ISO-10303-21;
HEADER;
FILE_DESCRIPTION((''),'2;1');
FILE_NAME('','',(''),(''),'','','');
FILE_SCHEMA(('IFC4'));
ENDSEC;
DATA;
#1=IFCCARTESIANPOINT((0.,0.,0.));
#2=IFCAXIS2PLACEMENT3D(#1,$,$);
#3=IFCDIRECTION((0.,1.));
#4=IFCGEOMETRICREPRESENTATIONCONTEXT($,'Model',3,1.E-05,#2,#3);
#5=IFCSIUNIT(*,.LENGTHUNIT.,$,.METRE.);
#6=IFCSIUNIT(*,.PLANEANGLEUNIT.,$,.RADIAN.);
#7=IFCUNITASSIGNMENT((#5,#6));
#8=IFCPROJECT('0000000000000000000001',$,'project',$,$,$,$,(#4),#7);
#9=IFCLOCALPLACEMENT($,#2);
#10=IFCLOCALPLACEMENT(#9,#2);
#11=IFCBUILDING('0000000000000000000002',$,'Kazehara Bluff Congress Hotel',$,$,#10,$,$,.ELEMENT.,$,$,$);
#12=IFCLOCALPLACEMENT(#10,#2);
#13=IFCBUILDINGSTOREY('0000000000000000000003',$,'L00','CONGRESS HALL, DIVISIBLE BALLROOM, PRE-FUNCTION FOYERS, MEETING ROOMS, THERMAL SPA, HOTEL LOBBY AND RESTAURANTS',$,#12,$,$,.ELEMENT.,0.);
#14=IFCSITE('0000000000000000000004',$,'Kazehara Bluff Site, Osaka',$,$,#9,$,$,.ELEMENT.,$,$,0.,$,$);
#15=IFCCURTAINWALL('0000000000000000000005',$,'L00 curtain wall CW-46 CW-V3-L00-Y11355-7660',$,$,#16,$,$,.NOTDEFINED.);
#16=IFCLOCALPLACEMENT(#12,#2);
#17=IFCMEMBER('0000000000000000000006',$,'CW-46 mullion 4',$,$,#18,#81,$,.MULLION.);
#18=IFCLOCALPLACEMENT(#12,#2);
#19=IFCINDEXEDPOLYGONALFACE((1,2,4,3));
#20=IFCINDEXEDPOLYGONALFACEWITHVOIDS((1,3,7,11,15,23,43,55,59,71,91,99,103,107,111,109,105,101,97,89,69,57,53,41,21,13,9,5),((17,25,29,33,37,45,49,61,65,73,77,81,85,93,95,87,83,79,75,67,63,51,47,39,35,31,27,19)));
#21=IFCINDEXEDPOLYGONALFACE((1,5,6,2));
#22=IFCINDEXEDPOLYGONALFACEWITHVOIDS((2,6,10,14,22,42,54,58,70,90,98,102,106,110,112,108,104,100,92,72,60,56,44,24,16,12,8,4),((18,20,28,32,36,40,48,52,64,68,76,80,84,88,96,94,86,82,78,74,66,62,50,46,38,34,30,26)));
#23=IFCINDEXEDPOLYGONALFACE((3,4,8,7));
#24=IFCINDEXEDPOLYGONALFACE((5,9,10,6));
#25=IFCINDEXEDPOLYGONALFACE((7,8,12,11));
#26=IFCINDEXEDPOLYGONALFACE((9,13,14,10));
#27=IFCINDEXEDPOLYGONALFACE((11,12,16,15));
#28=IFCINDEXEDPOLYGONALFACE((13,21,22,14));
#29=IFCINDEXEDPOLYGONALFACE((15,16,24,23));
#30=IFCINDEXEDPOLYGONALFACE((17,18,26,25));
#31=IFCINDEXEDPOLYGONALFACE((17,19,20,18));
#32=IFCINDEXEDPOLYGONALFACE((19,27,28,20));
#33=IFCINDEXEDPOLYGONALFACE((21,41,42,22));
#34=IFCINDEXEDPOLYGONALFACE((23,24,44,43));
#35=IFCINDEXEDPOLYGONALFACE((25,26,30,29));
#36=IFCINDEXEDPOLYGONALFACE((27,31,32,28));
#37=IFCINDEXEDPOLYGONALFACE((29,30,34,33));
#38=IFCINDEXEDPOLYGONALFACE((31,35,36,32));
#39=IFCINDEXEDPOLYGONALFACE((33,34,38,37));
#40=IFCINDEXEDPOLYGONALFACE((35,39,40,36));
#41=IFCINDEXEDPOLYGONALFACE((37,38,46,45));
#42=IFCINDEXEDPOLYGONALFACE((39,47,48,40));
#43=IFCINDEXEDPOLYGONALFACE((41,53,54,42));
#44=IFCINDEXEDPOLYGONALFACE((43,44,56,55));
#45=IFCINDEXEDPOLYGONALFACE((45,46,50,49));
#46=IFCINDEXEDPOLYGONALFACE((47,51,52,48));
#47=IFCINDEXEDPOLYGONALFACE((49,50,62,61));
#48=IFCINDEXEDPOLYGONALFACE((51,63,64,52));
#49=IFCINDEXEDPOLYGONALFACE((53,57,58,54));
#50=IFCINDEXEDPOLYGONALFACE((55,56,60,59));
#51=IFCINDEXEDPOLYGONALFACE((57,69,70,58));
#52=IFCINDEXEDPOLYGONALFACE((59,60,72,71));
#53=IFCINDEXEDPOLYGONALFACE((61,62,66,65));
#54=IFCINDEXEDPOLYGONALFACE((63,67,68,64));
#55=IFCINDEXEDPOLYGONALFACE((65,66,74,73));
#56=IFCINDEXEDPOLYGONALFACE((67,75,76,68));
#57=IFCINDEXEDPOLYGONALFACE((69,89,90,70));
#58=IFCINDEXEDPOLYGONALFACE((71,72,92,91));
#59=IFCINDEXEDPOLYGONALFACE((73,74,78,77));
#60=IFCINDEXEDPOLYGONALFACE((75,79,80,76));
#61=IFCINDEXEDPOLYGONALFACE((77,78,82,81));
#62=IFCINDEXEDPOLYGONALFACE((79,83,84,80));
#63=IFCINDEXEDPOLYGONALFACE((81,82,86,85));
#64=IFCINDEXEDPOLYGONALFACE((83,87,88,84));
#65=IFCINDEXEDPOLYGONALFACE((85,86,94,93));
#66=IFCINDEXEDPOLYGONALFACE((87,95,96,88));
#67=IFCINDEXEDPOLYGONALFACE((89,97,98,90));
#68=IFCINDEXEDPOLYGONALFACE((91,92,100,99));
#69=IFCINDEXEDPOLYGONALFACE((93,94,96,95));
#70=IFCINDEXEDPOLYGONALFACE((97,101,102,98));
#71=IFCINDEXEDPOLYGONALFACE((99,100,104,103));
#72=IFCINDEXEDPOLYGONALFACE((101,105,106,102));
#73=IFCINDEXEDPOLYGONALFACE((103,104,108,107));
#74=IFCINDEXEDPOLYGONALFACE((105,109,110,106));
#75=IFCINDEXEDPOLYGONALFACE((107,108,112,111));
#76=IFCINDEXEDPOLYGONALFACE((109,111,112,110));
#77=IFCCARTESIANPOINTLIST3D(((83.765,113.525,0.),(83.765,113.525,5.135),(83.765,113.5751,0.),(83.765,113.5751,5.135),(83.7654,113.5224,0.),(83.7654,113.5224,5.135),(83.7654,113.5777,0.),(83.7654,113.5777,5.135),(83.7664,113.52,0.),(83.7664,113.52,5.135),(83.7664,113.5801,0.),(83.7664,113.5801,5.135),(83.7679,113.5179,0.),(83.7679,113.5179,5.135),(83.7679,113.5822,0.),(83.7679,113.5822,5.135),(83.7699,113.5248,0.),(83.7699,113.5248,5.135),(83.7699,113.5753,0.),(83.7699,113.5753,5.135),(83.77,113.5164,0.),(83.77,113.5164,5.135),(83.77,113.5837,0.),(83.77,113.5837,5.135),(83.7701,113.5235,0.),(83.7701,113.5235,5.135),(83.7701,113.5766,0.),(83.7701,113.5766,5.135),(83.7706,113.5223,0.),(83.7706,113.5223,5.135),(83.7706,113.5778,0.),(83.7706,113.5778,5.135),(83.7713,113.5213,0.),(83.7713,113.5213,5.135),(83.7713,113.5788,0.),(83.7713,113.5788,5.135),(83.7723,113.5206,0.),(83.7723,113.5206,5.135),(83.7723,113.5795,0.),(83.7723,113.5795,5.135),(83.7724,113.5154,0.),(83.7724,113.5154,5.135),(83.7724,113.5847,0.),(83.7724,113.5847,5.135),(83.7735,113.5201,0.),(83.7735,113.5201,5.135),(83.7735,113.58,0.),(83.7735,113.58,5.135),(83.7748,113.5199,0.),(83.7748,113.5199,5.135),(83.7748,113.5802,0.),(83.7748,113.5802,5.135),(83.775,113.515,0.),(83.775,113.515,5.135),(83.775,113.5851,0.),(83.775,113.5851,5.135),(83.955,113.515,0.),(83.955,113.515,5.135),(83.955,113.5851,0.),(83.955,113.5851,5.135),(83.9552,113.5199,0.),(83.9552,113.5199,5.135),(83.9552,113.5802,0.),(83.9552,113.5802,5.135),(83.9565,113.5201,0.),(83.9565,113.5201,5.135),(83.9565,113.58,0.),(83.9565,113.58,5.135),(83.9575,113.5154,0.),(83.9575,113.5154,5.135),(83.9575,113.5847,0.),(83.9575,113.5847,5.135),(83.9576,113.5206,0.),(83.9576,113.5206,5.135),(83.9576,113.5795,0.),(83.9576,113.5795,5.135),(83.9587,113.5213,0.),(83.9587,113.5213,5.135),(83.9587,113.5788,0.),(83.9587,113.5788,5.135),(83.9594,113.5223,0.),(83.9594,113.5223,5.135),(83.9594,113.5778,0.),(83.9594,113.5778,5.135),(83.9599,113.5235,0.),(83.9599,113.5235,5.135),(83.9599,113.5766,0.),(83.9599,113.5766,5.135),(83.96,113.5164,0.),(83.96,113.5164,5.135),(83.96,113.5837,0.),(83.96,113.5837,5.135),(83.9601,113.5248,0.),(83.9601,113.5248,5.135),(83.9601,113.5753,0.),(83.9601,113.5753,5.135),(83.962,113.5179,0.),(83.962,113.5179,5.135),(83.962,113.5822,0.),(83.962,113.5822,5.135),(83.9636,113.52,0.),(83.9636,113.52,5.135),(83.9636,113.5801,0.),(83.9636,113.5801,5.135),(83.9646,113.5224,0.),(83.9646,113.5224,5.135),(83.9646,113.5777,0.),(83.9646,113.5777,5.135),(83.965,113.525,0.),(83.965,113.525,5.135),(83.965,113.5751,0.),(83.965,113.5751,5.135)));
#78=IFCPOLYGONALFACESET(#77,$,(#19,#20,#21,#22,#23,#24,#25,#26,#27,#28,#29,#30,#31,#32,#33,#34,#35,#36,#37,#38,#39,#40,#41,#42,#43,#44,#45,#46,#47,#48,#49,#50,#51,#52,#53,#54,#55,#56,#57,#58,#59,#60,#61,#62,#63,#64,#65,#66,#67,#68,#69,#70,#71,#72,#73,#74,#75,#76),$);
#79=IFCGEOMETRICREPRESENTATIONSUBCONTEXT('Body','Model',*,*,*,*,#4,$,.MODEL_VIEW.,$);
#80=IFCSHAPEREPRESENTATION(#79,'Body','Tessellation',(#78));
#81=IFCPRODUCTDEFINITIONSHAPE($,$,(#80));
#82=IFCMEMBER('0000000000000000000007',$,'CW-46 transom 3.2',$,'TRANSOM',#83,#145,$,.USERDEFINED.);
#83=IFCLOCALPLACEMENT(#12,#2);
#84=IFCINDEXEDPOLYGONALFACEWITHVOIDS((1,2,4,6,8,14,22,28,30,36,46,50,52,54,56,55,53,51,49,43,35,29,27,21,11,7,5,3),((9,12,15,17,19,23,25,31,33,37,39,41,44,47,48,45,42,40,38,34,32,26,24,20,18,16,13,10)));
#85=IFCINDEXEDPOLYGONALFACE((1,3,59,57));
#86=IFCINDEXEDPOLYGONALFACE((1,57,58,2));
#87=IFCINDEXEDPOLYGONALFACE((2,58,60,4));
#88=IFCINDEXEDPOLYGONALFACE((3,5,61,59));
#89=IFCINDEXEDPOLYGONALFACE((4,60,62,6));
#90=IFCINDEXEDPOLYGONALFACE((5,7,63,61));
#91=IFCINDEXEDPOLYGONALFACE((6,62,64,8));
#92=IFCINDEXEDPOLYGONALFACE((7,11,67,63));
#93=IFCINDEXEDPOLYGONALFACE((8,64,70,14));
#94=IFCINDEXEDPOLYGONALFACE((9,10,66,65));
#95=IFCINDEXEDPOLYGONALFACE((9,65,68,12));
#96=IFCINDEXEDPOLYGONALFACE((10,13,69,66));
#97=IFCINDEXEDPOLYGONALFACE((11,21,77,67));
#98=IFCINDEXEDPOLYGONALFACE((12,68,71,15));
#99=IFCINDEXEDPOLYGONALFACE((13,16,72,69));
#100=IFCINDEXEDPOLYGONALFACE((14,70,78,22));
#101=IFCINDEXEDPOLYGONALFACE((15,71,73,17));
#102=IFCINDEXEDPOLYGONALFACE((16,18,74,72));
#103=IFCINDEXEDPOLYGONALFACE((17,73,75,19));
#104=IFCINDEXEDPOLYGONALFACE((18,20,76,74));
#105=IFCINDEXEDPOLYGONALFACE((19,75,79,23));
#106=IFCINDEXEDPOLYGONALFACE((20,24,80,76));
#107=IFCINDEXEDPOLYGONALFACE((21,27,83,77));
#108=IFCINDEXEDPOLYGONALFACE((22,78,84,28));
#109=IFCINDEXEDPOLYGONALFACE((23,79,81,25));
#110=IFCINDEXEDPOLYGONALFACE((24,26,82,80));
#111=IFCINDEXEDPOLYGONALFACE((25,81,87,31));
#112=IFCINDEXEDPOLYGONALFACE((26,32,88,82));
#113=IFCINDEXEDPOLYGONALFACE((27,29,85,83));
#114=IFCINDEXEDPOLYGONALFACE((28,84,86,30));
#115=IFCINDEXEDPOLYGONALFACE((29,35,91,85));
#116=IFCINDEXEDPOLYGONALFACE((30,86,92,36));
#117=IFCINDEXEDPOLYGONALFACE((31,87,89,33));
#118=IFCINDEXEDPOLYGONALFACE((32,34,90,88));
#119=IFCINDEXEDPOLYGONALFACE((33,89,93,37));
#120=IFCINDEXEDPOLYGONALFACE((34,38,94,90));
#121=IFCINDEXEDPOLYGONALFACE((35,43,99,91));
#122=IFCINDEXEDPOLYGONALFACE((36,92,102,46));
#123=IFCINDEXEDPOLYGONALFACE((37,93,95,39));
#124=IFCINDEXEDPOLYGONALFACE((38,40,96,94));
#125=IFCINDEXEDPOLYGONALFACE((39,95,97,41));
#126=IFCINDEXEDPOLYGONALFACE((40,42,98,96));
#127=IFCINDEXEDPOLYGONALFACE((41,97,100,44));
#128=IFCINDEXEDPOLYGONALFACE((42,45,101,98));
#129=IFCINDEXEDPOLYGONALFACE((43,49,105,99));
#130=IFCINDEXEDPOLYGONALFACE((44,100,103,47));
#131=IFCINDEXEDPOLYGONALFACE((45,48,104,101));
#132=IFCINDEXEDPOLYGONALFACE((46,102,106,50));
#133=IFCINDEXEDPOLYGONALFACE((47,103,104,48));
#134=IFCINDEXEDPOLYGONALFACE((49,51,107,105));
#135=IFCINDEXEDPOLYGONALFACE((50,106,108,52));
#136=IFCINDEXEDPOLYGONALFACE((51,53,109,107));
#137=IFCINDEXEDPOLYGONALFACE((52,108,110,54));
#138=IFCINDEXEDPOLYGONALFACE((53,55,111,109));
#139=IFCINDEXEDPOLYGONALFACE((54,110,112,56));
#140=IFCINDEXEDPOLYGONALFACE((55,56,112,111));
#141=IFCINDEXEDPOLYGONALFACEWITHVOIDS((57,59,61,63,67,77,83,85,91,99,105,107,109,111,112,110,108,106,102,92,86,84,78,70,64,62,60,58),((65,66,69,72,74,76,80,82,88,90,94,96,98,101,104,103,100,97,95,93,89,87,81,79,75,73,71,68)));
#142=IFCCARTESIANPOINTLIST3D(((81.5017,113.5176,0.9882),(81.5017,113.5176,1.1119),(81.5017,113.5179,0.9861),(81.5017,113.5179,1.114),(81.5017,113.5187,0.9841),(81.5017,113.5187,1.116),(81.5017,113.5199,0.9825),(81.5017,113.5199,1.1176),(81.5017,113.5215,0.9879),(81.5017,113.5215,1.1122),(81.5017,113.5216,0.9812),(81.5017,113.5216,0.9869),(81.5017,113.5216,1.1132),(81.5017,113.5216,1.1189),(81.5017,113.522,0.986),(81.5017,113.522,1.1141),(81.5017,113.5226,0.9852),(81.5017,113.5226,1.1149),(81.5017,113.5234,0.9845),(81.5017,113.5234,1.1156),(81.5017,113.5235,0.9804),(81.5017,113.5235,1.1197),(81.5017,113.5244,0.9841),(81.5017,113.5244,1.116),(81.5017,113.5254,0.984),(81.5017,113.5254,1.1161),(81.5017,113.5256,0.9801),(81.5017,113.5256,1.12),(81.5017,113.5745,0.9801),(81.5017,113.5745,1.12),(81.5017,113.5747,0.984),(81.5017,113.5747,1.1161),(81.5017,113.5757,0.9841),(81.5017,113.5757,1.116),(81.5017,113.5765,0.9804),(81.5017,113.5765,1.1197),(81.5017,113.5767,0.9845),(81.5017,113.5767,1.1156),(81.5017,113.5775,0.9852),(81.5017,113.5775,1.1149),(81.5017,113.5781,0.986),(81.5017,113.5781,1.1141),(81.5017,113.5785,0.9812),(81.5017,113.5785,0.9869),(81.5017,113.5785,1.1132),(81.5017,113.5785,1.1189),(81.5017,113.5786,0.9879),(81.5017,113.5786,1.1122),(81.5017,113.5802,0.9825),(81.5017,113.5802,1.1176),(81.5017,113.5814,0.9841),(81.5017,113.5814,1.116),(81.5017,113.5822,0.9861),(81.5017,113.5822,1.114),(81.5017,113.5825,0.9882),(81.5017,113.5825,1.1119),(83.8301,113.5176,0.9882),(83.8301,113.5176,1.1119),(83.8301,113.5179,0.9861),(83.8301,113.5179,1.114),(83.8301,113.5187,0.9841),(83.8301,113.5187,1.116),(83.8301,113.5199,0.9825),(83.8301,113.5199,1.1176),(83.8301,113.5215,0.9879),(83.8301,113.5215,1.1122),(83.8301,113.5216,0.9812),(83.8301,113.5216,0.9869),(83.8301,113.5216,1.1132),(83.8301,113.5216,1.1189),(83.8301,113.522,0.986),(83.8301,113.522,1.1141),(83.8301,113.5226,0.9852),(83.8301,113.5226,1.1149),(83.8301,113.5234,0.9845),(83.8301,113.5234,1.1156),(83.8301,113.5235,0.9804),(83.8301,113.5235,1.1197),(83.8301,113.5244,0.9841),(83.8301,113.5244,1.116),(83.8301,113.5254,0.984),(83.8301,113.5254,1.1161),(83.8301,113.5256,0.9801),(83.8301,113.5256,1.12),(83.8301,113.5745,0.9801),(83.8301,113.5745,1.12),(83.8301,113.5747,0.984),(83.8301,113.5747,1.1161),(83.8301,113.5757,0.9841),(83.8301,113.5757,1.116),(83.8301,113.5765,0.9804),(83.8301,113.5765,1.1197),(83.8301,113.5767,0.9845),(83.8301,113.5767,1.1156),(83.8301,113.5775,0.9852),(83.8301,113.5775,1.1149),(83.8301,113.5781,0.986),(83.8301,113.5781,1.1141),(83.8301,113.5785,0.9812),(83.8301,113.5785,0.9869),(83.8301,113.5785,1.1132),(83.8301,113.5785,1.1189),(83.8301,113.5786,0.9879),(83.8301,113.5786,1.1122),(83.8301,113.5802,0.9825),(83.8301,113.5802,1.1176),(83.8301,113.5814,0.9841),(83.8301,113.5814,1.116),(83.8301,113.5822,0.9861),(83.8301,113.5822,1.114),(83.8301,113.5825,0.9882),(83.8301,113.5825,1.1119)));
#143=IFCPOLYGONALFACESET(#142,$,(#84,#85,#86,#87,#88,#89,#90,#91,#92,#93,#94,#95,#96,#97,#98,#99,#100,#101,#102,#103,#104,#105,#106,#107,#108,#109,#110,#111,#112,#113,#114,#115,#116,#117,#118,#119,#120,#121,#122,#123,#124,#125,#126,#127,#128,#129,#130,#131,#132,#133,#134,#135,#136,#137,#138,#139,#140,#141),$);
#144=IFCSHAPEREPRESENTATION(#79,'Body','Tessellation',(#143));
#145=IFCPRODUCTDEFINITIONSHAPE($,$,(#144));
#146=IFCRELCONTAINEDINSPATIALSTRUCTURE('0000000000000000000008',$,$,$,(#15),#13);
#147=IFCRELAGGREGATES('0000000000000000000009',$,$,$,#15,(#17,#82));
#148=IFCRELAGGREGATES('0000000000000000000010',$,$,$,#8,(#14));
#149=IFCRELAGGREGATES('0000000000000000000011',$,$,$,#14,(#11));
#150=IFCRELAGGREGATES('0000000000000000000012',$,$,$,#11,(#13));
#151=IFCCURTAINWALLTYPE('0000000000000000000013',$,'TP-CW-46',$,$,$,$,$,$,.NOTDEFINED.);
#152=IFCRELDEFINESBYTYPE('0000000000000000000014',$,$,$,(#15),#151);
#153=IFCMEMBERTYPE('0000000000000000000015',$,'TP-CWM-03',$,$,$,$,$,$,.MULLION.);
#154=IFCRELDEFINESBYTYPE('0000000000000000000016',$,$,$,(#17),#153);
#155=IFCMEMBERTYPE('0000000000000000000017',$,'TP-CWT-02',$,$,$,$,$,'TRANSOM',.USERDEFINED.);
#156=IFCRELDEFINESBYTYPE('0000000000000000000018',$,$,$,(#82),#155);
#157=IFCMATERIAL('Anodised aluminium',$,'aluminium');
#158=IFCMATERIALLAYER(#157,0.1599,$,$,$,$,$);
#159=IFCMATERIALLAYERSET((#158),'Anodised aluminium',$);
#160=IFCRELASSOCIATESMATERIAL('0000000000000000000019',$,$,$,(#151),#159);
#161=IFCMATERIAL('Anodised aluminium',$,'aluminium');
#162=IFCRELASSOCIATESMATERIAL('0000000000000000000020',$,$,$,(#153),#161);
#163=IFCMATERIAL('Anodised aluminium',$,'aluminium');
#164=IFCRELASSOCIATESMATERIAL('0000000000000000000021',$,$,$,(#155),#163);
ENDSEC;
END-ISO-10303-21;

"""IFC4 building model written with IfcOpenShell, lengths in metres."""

from ifc_helpers import new_model, si_unit, direction, frame, origin, origin_2d, place, context, subcontext, project, spatial, hollow_rectangle, extrude, material, layer, layer_set, material_profile, profile_set, type_object, element, aggregate, save


model = new_model("IFC4")

# Units and contexts
model_context = context("Model", 3, precision=1e-05, world=origin(), true_north=direction((0.0, 1.0)))
body_context = subcontext(model_context, "Body", "Model", "MODEL_VIEW")
ifc_project = project(units=[si_unit("LENGTHUNIT", "METRE"), si_unit("PLANEANGLEUNIT", "RADIAN")], contexts=[model_context])

# Site, building, storey
site_placement = place(None, origin())
site = spatial("IfcSite", under=ifc_project, at=site_placement, Name="Kazehara Bluff Site, Osaka", CompositionType="ELEMENT", RefElevation=0.0)
building_placement = place(site_placement, origin())
building = spatial("IfcBuilding", under=site, at=building_placement, Name="Kazehara Bluff Congress Hotel", CompositionType="ELEMENT")
storey_placement = place(building_placement, origin())
storey = spatial("IfcBuildingStorey", under=building, at=storey_placement, Name="L00", Description="CONGRESS HALL, DIVISIBLE BALLROOM, PRE-FUNCTION FOYERS, MEETING ROOMS, THERMAL SPA, HOTEL LOBBY AND RESTAURANTS", CompositionType="ELEMENT", Elevation=0.0)

# Curtain wall, members
ifc_material_1 = material(Name="Anodised aluminium", Category="aluminium")
ifc_layer_1 = layer(ifc_material_1, 0.1599)
ifc_layer_set_1 = layer_set([ifc_layer_1], Name="Anodised aluminium")
curtain_wall_type = type_object("IfcCurtainWallType", Name="TP-CW-46", PredefinedType="NOTDEFINED", material=ifc_layer_set_1)
curtain_wall_placement = place(storey_placement, origin())
curtain_wall = element("IfcCurtainWall", 1, at=curtain_wall_placement, inside=storey, type_object=curtain_wall_type, Name="L00 curtain wall CW-46 CW-V3-L00-Y11355-7660", PredefinedType="NOTDEFINED")
ifc_material_2 = material(Name="Anodised aluminium", Category="aluminium")
ifc_material_profile_1 = material_profile(ifc_material_2, hollow_rectangle(XDim=0.0701, YDim=0.2, WallThickness=0.0049, InnerFilletRadius=0.0049, OuterFilletRadius=0.01, at=origin_2d()))
ifc_profile_set_1 = profile_set([ifc_material_profile_1], Name="Anodised aluminium")
member_type_1 = type_object("IfcMemberType", Name="TP-CWM-03", PredefinedType="MULLION", material=ifc_profile_set_1)
member_1_placement = place(storey_placement, frame((83.865, 113.55, 0.0), z_axis=(0.0, 0.0, 1.0), x_axis=(0.0, 1.0, 0.0)))
member_1 = element("IfcMember", 2, at=member_1_placement, type_object=member_type_1, Name="CW-46 mullion 4", PredefinedType="MULLION", context=body_context, shape_type="SweptSolid", body=[
    extrude(hollow_rectangle(XDim=0.0701, YDim=0.2, WallThickness=0.0049, InnerFilletRadius=0.0049, OuterFilletRadius=0.01, at=origin_2d()), origin(), (0.0, 0.0, 1.0), 5.135),
])
ifc_material_3 = material(Name="Anodised aluminium", Category="aluminium")
ifc_material_profile_2 = material_profile(ifc_material_3, hollow_rectangle(XDim=0.0649, YDim=0.1399, WallThickness=0.0039, InnerFilletRadius=0.0039, OuterFilletRadius=0.0081, at=origin_2d()))
ifc_profile_set_2 = profile_set([ifc_material_profile_2], Name="Anodised aluminium")
member_type_2 = type_object("IfcMemberType", Name="TP-CWT-02", ElementType="TRANSOM", PredefinedType="USERDEFINED", material=ifc_profile_set_2)
member_2_placement = place(storey_placement, frame((81.5017, 113.55, 1.05), z_axis=(1.0, 0.0, 0.0), x_axis=(0.0, 1.0, 0.0)))
member_2 = element("IfcMember", 3, at=member_2_placement, type_object=member_type_2, Name="CW-46 transom 3.2", ObjectType="TRANSOM", PredefinedType="USERDEFINED", context=body_context, shape_type="SweptSolid", body=[
    extrude(hollow_rectangle(XDim=0.0649, YDim=0.1399, WallThickness=0.0039, InnerFilletRadius=0.0039, OuterFilletRadius=0.0081, at=origin_2d()), origin(), (0.0, 0.0, 1.0), 2.3284),
])

aggregate(curtain_wall, [member_1, member_2])

save(model, "model.ifc")
